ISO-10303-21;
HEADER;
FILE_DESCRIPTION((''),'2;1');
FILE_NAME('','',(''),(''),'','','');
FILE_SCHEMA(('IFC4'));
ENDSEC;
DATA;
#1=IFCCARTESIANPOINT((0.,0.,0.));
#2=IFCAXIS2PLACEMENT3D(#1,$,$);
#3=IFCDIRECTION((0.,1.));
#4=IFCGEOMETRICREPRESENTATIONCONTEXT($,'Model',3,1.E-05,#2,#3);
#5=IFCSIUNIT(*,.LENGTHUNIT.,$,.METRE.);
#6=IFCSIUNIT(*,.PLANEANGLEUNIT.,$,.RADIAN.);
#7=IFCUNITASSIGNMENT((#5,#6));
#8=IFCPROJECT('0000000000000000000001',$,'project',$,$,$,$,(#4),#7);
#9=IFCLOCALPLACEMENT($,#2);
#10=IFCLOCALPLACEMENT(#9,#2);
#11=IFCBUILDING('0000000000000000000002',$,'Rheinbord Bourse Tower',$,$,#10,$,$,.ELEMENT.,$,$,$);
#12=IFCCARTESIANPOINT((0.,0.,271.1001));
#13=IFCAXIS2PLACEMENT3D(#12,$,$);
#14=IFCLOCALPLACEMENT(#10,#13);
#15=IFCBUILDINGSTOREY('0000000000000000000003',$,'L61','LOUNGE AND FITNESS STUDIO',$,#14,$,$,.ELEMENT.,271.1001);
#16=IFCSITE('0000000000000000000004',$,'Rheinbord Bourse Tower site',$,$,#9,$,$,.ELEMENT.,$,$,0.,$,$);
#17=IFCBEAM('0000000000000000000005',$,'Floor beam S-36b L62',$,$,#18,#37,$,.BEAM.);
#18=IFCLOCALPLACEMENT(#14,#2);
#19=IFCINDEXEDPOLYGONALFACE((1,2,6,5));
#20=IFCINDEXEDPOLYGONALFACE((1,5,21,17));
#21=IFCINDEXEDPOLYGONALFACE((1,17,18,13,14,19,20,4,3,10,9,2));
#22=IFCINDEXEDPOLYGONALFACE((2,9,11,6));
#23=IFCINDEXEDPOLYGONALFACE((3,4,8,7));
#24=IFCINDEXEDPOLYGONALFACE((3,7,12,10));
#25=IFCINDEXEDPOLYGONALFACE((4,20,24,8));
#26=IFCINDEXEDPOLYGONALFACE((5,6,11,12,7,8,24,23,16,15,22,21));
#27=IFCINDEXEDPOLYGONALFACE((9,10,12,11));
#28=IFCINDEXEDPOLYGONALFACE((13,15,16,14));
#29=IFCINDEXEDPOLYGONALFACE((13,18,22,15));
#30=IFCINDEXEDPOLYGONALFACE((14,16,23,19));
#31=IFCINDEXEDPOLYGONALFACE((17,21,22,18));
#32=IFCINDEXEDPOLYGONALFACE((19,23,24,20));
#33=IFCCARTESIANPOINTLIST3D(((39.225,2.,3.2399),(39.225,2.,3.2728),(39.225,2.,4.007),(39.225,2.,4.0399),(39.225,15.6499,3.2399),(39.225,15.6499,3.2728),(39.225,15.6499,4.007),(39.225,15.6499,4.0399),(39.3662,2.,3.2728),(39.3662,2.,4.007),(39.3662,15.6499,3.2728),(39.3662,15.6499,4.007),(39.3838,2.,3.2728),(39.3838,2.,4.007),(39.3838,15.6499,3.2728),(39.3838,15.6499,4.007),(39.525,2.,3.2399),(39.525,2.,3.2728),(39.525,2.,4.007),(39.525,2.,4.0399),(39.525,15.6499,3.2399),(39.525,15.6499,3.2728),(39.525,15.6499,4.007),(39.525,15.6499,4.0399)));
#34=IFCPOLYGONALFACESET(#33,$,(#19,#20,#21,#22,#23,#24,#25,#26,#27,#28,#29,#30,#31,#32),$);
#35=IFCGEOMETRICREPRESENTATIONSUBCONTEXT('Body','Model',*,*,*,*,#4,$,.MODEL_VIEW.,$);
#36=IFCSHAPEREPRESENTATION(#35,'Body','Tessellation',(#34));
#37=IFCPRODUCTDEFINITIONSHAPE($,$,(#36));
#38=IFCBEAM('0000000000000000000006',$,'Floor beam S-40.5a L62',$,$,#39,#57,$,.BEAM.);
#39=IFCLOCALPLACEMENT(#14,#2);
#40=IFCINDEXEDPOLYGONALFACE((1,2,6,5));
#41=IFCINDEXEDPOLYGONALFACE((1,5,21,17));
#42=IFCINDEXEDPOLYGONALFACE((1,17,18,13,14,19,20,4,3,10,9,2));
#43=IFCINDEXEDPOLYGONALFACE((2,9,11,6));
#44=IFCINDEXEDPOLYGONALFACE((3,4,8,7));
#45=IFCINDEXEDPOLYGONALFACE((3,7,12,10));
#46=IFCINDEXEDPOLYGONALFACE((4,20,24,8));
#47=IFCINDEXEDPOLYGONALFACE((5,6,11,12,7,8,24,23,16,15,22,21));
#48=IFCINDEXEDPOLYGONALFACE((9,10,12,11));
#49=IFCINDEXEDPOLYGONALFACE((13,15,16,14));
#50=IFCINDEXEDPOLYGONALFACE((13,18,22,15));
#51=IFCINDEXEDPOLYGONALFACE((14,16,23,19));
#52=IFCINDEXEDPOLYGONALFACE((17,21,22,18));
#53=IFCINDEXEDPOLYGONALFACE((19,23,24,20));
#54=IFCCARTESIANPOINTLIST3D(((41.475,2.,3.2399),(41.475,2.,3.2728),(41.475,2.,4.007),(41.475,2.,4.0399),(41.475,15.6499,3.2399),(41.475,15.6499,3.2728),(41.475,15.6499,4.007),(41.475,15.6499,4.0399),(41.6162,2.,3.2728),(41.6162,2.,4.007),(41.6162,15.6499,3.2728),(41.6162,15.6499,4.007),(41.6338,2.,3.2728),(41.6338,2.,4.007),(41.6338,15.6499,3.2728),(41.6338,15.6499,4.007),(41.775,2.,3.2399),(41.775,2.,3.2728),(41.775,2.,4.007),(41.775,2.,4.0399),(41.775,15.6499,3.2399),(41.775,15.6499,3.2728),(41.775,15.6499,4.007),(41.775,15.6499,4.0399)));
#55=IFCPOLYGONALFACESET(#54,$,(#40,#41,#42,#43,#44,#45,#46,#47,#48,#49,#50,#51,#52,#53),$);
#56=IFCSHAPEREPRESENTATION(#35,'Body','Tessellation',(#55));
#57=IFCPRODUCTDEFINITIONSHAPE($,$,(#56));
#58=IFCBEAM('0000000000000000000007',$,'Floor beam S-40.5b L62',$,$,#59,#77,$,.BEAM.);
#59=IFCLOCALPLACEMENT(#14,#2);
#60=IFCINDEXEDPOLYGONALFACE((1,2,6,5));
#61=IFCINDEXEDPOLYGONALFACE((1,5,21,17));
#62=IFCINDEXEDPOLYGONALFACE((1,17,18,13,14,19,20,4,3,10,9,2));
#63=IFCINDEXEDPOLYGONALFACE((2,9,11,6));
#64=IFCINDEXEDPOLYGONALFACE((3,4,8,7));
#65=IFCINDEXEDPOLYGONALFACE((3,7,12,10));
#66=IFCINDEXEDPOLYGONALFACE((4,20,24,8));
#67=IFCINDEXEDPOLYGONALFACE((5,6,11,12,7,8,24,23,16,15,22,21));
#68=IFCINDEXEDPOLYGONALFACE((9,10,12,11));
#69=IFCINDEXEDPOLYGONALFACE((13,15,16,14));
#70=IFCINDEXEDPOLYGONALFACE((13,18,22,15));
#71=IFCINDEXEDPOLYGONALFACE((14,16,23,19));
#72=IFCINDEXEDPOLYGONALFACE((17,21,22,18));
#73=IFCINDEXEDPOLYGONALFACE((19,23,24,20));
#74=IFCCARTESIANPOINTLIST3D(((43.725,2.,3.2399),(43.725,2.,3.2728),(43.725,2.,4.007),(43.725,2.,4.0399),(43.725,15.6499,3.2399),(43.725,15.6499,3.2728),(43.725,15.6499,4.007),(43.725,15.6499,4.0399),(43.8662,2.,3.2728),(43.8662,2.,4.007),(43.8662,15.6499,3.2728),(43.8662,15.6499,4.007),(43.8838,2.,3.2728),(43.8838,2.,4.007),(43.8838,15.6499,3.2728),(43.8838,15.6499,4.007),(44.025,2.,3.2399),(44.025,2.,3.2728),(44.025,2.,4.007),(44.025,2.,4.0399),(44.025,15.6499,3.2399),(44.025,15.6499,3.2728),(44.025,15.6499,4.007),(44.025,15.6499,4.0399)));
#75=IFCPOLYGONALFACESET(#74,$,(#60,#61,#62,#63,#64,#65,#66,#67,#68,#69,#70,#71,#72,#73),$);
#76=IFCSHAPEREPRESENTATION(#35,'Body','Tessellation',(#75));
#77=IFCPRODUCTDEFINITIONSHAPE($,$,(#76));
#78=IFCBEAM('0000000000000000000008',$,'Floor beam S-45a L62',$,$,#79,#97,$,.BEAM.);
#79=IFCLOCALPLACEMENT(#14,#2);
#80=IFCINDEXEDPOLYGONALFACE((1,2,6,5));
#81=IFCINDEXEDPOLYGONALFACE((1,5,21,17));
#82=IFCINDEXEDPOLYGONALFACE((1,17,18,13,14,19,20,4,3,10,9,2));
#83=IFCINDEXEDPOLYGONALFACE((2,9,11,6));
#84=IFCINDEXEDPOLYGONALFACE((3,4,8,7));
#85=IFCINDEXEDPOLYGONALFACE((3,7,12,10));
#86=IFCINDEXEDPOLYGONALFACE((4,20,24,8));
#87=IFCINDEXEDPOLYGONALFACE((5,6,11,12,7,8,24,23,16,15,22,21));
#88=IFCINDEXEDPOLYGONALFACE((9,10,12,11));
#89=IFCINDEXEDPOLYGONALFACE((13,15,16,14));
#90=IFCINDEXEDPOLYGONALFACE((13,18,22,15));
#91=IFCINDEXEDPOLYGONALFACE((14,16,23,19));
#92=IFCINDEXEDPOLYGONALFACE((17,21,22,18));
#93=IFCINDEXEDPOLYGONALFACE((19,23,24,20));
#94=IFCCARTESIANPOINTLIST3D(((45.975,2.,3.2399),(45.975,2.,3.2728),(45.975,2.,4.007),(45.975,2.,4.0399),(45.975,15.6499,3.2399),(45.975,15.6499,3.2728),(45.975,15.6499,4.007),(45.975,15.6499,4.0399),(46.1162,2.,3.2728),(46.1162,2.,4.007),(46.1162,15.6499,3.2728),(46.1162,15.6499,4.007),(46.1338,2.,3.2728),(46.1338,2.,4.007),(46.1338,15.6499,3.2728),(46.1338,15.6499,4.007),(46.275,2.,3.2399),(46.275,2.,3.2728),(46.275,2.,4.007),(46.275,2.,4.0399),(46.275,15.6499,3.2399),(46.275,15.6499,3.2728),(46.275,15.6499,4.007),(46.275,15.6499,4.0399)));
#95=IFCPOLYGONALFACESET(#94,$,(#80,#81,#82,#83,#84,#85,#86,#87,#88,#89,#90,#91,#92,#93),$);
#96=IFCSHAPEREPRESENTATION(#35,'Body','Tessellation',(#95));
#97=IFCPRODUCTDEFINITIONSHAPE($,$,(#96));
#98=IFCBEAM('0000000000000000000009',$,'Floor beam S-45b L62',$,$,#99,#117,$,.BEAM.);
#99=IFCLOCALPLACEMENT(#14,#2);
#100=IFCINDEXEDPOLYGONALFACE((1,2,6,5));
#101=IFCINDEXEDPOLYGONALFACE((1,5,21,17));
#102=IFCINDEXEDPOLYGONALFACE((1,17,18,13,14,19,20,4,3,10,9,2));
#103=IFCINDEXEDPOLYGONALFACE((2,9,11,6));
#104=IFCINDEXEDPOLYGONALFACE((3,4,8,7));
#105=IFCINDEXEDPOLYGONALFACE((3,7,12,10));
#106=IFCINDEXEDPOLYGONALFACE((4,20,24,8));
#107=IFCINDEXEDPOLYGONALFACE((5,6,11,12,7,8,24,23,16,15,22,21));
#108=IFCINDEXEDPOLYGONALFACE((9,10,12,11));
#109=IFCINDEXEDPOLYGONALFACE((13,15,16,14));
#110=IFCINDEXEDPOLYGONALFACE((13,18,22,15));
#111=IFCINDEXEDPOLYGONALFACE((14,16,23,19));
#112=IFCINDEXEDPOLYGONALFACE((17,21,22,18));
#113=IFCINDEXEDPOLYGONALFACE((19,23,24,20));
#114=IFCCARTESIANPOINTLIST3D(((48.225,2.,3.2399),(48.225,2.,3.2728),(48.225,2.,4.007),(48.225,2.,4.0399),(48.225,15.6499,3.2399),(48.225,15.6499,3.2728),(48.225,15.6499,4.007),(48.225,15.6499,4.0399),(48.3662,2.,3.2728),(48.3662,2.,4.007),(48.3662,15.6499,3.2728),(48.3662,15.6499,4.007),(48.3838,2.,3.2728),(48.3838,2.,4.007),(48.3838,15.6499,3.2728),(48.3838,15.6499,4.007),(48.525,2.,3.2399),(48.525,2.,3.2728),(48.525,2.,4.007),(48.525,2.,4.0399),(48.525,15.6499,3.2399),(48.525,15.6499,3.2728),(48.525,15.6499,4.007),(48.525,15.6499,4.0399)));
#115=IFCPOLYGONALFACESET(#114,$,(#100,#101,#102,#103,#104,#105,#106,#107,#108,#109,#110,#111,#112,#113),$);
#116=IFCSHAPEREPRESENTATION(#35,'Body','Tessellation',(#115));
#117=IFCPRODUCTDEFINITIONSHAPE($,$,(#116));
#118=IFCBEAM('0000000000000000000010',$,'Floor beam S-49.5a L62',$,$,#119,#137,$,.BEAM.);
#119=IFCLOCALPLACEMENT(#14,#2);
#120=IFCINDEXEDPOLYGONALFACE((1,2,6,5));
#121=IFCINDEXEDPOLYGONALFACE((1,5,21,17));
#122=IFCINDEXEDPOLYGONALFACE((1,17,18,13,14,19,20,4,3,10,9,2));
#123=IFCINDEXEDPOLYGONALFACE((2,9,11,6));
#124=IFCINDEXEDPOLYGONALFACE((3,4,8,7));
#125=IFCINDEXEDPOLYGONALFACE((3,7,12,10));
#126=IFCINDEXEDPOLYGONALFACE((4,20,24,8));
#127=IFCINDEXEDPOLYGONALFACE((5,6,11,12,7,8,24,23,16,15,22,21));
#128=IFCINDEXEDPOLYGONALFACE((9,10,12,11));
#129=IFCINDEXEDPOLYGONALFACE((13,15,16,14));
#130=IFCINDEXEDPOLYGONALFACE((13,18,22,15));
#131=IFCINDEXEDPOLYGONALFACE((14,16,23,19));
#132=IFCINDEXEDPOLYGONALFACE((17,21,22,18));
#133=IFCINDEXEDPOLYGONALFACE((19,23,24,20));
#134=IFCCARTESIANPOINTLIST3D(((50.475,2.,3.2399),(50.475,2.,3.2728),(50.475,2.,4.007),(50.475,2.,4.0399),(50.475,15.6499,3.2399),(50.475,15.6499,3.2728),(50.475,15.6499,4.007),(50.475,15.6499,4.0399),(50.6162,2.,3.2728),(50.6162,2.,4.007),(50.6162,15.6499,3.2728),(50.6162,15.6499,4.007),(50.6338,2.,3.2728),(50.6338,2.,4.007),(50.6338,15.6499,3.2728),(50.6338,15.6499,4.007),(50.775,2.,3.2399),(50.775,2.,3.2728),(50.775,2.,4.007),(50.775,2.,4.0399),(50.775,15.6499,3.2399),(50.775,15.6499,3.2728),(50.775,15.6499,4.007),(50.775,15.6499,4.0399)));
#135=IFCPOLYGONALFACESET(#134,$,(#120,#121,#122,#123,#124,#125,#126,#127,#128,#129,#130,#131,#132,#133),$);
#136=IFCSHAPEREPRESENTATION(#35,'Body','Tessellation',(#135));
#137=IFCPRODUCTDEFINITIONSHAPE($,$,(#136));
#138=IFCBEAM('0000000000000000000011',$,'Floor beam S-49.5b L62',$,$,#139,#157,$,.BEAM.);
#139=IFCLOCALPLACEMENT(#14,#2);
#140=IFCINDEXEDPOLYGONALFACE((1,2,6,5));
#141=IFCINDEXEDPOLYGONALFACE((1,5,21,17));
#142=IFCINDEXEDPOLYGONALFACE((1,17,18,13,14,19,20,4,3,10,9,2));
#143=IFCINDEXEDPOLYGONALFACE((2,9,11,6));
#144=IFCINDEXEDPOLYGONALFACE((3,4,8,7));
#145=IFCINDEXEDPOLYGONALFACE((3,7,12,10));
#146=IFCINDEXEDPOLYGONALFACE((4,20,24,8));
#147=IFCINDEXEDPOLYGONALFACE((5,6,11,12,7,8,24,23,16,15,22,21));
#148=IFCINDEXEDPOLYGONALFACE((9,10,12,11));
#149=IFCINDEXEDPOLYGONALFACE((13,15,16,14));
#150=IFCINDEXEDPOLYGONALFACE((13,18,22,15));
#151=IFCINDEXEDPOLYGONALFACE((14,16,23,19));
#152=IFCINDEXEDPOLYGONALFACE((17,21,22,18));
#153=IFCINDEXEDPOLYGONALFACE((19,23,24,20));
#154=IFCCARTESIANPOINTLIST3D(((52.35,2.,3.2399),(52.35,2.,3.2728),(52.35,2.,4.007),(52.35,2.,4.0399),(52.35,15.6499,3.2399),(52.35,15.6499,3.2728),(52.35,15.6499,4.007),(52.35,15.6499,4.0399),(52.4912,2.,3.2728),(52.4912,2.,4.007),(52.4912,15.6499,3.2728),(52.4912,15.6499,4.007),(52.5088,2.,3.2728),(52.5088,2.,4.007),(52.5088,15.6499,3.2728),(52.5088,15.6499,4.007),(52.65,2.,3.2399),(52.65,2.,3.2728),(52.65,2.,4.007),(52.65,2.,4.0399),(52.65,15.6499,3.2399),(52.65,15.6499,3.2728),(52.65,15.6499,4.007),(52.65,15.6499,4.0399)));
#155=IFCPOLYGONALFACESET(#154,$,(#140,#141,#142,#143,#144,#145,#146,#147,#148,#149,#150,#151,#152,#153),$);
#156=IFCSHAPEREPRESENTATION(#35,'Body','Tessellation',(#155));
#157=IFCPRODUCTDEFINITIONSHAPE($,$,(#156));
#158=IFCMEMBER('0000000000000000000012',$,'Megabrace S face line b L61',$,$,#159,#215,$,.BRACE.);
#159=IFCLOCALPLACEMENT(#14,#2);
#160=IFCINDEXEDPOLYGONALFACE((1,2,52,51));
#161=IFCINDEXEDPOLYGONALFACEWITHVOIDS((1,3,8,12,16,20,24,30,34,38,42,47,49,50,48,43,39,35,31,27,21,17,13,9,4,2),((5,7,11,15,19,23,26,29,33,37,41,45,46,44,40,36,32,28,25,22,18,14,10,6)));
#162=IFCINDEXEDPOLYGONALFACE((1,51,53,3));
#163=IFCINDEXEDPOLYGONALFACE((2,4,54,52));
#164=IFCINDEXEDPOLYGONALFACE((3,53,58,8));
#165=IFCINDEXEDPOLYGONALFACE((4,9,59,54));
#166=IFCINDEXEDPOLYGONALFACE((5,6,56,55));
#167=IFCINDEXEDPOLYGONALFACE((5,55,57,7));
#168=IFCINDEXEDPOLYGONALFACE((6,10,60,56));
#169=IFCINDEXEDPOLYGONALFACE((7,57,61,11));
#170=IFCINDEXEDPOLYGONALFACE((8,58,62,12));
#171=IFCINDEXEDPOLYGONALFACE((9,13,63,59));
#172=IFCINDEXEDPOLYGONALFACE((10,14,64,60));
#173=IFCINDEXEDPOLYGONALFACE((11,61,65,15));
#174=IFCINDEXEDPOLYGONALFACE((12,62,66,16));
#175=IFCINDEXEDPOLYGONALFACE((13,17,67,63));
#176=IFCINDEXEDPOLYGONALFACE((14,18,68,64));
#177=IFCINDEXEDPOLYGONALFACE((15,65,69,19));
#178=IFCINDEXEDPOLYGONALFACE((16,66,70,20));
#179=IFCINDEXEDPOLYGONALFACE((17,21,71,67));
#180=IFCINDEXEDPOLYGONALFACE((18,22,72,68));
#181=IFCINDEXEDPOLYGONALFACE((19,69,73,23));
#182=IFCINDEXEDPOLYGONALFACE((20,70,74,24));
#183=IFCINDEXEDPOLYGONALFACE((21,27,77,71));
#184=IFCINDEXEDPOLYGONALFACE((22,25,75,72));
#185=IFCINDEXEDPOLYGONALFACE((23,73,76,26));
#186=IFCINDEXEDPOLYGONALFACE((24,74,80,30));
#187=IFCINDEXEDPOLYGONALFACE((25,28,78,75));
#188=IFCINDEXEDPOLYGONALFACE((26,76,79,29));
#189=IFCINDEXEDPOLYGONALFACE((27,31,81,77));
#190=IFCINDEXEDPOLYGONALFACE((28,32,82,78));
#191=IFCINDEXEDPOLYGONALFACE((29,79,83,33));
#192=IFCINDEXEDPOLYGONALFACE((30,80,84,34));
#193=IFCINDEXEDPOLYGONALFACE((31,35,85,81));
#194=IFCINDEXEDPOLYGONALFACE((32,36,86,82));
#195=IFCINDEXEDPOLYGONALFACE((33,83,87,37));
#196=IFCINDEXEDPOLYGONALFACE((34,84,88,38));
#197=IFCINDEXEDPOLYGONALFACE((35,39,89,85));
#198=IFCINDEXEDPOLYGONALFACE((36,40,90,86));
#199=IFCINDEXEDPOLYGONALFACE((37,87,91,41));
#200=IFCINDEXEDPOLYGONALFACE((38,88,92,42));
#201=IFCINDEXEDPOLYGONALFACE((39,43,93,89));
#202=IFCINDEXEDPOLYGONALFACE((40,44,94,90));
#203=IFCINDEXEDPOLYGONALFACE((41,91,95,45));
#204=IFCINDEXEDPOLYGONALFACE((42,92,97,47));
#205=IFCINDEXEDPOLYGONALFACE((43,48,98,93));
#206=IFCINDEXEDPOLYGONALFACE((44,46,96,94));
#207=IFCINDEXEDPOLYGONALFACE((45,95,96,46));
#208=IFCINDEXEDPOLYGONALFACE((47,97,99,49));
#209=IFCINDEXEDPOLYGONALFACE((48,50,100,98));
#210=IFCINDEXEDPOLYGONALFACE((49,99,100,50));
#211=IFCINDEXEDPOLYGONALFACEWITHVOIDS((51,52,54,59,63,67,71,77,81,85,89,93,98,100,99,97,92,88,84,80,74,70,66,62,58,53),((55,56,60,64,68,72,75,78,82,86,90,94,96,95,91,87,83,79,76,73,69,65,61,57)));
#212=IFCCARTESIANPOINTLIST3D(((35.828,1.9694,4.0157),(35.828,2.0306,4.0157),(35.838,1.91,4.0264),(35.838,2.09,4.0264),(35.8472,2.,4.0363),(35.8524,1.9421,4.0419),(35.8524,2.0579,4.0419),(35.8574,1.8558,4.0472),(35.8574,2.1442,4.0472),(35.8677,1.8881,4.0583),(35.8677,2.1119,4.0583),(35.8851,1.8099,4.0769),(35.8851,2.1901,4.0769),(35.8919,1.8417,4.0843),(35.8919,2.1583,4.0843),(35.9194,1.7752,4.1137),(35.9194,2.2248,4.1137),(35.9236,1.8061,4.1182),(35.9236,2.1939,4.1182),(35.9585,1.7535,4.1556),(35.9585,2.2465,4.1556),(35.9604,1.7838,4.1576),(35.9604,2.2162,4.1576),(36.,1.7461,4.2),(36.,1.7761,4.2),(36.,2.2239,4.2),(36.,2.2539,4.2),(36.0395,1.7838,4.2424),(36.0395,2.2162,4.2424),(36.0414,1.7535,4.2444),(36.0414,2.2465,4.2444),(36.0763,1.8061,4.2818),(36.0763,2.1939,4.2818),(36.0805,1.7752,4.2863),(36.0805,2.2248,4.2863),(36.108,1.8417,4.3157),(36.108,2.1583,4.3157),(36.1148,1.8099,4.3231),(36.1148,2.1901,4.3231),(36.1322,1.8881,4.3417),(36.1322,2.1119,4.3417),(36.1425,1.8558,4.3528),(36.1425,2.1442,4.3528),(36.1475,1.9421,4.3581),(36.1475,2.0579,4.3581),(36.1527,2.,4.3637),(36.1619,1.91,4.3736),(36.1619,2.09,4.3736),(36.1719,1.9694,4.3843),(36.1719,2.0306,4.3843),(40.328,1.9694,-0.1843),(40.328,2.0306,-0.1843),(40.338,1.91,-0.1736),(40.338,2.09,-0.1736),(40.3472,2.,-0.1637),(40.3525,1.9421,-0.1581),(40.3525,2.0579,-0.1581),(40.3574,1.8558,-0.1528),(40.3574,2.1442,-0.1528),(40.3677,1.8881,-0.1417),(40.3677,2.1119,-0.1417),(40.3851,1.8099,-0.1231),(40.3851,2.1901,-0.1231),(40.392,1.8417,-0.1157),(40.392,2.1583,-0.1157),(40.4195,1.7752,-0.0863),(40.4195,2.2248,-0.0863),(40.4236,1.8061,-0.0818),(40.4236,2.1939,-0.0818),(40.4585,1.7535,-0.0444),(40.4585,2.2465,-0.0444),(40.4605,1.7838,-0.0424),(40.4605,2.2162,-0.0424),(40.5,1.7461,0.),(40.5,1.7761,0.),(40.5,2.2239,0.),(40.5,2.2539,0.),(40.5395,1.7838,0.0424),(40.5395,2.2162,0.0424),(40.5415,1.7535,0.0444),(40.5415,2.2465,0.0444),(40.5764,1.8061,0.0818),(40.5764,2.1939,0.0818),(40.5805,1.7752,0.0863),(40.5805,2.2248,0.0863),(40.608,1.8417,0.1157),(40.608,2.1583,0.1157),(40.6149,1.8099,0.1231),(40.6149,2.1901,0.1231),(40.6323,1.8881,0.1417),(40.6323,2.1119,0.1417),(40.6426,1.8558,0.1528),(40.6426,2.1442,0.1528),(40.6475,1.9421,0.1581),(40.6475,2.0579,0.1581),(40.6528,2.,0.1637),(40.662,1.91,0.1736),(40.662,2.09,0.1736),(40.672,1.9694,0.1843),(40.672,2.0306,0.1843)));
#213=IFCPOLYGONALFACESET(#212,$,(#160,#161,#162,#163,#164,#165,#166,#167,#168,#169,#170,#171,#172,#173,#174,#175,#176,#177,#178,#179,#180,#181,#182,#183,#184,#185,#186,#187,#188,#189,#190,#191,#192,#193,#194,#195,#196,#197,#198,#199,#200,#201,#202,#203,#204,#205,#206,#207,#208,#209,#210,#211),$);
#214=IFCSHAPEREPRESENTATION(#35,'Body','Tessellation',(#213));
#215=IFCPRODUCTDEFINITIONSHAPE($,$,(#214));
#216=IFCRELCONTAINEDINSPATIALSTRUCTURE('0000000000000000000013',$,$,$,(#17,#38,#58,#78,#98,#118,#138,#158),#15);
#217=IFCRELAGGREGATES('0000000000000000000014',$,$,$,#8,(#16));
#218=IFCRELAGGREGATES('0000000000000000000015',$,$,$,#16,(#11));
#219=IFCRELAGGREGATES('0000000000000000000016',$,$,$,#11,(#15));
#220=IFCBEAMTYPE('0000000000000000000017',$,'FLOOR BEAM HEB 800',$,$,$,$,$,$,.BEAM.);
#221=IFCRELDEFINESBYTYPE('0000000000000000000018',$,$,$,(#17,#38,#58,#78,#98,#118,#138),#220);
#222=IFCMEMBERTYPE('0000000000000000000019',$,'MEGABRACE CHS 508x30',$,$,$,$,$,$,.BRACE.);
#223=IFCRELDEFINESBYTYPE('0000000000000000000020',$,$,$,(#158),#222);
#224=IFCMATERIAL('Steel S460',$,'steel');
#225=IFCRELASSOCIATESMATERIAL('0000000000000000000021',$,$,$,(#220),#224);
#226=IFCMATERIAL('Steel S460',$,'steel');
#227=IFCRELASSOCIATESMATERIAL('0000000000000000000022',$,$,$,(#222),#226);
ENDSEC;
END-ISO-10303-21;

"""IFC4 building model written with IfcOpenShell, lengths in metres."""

from ifc_helpers import new_model, si_unit, direction, frame, origin, origin_2d, place, context, subcontext, project, spatial, hollow_circle, i_section, extrude, material, material_profile, profile_set, type_object, element, save


model = new_model("IFC4")

# Units and contexts
model_context = context("Model", 3, precision=1e-05, world=origin(), true_north=direction((0.0, 1.0)))
body_context = subcontext(model_context, "Body", "Model", "MODEL_VIEW")
ifc_project = project(units=[si_unit("LENGTHUNIT", "METRE"), si_unit("PLANEANGLEUNIT", "RADIAN")], contexts=[model_context])

# Site, building, storey
site_placement = place(None, origin())
site = spatial("IfcSite", under=ifc_project, at=site_placement, Name="Rheinbord Bourse Tower site", CompositionType="ELEMENT", RefElevation=0.0)
building_placement = place(site_placement, origin())
building = spatial("IfcBuilding", under=site, at=building_placement, Name="Rheinbord Bourse Tower", CompositionType="ELEMENT")
storey_placement = place(building_placement, frame((0.0, 0.0, 271.1001)))
storey = spatial("IfcBuildingStorey", under=building, at=storey_placement, Name="L61", Description="LOUNGE AND FITNESS STUDIO", CompositionType="ELEMENT", Elevation=271.1001)

# Beams
ifc_material_1 = material(Name="Steel S460", Category="steel")
ifc_material_profile_1 = material_profile(ifc_material_1, i_section(OverallWidth=0.3, OverallDepth=0.8, WebThickness=0.0176, FlangeThickness=0.033, at=origin_2d()), Name="HEB 800")
ifc_profile_set_1 = profile_set([ifc_material_profile_1], Name="Steel S460")
beam_type_1 = type_object("IfcBeamType", Name="FLOOR BEAM HEB 800", PredefinedType="BEAM", material=ifc_profile_set_1)
for number, where, z_axis, x_axis, name in (
    (1, (39.375, 2.0, 3.6399), (0.0, 1.0, 0.0), (-1.0, 0.0, 0.0), "Floor beam S-36b L62"),
    (2, (41.625, 2.0, 3.6399), (0.0, 1.0, 0.0), (-1.0, 0.0, 0.0), "Floor beam S-40.5a L62"),
    (3, (43.875, 2.0, 3.6399), (0.0, 1.0, 0.0), (-1.0, 0.0, 0.0), "Floor beam S-40.5b L62"),
    (4, (46.125, 2.0, 3.6399), (0.0, 1.0, 0.0), (-1.0, 0.0, 0.0), "Floor beam S-45a L62"),
    (5, (48.375, 2.0, 3.6399), (0.0, 1.0, 0.0), (-1.0, 0.0, 0.0), "Floor beam S-45b L62"),
    (6, (50.625, 2.0, 3.6399), (0.0, 1.0, 0.0), (-1.0, 0.0, 0.0), "Floor beam S-49.5a L62"),
    (7, (52.5, 2.0, 3.6399), (0.0, 1.0, 0.0), (-1.0, 0.0, 0.0), "Floor beam S-49.5b L62"),
):
    element("IfcBeam", number, at=place(storey_placement, frame(where, z_axis=z_axis, x_axis=x_axis)), inside=storey, type_object=beam_type_1, Name=name, PredefinedType="BEAM", context=body_context, shape_type="SweptSolid", body=[
        extrude(i_section(OverallWidth=0.3, OverallDepth=0.8, WebThickness=0.0176, FlangeThickness=0.033, at=origin_2d()), origin(), (0.0, 0.0, 1.0), 13.6499),
    ])

# Member
ifc_material_2 = material(Name="Steel S460", Category="steel")
ifc_material_profile_2 = material_profile(ifc_material_2, hollow_circle(Radius=0.2539, WallThickness=0.03, at=origin_2d()), Name="CHS 508x30")
ifc_profile_set_2 = profile_set([ifc_material_profile_2], Name="Steel S460")
member_type_1 = type_object("IfcMemberType", Name="MEGABRACE CHS 508x30", PredefinedType="BRACE", material=ifc_profile_set_2)
member_1_placement = place(storey_placement, frame((40.5, 2.0, 0.0), z_axis=(-0.731059, 0.0, 0.682314), x_axis=(0.0, -1.0, 0.0)))
element("IfcMember", 8, at=member_1_placement, inside=storey, type_object=member_type_1, Name="Megabrace S face line b L61", PredefinedType="BRACE", context=body_context, shape_type="SweptSolid", body=[
    extrude(hollow_circle(Radius=0.2539, WallThickness=0.03, at=origin_2d()), origin(), (0.0, 0.0, 1.0), 6.1555),
])

save(model, "model.ifc")
